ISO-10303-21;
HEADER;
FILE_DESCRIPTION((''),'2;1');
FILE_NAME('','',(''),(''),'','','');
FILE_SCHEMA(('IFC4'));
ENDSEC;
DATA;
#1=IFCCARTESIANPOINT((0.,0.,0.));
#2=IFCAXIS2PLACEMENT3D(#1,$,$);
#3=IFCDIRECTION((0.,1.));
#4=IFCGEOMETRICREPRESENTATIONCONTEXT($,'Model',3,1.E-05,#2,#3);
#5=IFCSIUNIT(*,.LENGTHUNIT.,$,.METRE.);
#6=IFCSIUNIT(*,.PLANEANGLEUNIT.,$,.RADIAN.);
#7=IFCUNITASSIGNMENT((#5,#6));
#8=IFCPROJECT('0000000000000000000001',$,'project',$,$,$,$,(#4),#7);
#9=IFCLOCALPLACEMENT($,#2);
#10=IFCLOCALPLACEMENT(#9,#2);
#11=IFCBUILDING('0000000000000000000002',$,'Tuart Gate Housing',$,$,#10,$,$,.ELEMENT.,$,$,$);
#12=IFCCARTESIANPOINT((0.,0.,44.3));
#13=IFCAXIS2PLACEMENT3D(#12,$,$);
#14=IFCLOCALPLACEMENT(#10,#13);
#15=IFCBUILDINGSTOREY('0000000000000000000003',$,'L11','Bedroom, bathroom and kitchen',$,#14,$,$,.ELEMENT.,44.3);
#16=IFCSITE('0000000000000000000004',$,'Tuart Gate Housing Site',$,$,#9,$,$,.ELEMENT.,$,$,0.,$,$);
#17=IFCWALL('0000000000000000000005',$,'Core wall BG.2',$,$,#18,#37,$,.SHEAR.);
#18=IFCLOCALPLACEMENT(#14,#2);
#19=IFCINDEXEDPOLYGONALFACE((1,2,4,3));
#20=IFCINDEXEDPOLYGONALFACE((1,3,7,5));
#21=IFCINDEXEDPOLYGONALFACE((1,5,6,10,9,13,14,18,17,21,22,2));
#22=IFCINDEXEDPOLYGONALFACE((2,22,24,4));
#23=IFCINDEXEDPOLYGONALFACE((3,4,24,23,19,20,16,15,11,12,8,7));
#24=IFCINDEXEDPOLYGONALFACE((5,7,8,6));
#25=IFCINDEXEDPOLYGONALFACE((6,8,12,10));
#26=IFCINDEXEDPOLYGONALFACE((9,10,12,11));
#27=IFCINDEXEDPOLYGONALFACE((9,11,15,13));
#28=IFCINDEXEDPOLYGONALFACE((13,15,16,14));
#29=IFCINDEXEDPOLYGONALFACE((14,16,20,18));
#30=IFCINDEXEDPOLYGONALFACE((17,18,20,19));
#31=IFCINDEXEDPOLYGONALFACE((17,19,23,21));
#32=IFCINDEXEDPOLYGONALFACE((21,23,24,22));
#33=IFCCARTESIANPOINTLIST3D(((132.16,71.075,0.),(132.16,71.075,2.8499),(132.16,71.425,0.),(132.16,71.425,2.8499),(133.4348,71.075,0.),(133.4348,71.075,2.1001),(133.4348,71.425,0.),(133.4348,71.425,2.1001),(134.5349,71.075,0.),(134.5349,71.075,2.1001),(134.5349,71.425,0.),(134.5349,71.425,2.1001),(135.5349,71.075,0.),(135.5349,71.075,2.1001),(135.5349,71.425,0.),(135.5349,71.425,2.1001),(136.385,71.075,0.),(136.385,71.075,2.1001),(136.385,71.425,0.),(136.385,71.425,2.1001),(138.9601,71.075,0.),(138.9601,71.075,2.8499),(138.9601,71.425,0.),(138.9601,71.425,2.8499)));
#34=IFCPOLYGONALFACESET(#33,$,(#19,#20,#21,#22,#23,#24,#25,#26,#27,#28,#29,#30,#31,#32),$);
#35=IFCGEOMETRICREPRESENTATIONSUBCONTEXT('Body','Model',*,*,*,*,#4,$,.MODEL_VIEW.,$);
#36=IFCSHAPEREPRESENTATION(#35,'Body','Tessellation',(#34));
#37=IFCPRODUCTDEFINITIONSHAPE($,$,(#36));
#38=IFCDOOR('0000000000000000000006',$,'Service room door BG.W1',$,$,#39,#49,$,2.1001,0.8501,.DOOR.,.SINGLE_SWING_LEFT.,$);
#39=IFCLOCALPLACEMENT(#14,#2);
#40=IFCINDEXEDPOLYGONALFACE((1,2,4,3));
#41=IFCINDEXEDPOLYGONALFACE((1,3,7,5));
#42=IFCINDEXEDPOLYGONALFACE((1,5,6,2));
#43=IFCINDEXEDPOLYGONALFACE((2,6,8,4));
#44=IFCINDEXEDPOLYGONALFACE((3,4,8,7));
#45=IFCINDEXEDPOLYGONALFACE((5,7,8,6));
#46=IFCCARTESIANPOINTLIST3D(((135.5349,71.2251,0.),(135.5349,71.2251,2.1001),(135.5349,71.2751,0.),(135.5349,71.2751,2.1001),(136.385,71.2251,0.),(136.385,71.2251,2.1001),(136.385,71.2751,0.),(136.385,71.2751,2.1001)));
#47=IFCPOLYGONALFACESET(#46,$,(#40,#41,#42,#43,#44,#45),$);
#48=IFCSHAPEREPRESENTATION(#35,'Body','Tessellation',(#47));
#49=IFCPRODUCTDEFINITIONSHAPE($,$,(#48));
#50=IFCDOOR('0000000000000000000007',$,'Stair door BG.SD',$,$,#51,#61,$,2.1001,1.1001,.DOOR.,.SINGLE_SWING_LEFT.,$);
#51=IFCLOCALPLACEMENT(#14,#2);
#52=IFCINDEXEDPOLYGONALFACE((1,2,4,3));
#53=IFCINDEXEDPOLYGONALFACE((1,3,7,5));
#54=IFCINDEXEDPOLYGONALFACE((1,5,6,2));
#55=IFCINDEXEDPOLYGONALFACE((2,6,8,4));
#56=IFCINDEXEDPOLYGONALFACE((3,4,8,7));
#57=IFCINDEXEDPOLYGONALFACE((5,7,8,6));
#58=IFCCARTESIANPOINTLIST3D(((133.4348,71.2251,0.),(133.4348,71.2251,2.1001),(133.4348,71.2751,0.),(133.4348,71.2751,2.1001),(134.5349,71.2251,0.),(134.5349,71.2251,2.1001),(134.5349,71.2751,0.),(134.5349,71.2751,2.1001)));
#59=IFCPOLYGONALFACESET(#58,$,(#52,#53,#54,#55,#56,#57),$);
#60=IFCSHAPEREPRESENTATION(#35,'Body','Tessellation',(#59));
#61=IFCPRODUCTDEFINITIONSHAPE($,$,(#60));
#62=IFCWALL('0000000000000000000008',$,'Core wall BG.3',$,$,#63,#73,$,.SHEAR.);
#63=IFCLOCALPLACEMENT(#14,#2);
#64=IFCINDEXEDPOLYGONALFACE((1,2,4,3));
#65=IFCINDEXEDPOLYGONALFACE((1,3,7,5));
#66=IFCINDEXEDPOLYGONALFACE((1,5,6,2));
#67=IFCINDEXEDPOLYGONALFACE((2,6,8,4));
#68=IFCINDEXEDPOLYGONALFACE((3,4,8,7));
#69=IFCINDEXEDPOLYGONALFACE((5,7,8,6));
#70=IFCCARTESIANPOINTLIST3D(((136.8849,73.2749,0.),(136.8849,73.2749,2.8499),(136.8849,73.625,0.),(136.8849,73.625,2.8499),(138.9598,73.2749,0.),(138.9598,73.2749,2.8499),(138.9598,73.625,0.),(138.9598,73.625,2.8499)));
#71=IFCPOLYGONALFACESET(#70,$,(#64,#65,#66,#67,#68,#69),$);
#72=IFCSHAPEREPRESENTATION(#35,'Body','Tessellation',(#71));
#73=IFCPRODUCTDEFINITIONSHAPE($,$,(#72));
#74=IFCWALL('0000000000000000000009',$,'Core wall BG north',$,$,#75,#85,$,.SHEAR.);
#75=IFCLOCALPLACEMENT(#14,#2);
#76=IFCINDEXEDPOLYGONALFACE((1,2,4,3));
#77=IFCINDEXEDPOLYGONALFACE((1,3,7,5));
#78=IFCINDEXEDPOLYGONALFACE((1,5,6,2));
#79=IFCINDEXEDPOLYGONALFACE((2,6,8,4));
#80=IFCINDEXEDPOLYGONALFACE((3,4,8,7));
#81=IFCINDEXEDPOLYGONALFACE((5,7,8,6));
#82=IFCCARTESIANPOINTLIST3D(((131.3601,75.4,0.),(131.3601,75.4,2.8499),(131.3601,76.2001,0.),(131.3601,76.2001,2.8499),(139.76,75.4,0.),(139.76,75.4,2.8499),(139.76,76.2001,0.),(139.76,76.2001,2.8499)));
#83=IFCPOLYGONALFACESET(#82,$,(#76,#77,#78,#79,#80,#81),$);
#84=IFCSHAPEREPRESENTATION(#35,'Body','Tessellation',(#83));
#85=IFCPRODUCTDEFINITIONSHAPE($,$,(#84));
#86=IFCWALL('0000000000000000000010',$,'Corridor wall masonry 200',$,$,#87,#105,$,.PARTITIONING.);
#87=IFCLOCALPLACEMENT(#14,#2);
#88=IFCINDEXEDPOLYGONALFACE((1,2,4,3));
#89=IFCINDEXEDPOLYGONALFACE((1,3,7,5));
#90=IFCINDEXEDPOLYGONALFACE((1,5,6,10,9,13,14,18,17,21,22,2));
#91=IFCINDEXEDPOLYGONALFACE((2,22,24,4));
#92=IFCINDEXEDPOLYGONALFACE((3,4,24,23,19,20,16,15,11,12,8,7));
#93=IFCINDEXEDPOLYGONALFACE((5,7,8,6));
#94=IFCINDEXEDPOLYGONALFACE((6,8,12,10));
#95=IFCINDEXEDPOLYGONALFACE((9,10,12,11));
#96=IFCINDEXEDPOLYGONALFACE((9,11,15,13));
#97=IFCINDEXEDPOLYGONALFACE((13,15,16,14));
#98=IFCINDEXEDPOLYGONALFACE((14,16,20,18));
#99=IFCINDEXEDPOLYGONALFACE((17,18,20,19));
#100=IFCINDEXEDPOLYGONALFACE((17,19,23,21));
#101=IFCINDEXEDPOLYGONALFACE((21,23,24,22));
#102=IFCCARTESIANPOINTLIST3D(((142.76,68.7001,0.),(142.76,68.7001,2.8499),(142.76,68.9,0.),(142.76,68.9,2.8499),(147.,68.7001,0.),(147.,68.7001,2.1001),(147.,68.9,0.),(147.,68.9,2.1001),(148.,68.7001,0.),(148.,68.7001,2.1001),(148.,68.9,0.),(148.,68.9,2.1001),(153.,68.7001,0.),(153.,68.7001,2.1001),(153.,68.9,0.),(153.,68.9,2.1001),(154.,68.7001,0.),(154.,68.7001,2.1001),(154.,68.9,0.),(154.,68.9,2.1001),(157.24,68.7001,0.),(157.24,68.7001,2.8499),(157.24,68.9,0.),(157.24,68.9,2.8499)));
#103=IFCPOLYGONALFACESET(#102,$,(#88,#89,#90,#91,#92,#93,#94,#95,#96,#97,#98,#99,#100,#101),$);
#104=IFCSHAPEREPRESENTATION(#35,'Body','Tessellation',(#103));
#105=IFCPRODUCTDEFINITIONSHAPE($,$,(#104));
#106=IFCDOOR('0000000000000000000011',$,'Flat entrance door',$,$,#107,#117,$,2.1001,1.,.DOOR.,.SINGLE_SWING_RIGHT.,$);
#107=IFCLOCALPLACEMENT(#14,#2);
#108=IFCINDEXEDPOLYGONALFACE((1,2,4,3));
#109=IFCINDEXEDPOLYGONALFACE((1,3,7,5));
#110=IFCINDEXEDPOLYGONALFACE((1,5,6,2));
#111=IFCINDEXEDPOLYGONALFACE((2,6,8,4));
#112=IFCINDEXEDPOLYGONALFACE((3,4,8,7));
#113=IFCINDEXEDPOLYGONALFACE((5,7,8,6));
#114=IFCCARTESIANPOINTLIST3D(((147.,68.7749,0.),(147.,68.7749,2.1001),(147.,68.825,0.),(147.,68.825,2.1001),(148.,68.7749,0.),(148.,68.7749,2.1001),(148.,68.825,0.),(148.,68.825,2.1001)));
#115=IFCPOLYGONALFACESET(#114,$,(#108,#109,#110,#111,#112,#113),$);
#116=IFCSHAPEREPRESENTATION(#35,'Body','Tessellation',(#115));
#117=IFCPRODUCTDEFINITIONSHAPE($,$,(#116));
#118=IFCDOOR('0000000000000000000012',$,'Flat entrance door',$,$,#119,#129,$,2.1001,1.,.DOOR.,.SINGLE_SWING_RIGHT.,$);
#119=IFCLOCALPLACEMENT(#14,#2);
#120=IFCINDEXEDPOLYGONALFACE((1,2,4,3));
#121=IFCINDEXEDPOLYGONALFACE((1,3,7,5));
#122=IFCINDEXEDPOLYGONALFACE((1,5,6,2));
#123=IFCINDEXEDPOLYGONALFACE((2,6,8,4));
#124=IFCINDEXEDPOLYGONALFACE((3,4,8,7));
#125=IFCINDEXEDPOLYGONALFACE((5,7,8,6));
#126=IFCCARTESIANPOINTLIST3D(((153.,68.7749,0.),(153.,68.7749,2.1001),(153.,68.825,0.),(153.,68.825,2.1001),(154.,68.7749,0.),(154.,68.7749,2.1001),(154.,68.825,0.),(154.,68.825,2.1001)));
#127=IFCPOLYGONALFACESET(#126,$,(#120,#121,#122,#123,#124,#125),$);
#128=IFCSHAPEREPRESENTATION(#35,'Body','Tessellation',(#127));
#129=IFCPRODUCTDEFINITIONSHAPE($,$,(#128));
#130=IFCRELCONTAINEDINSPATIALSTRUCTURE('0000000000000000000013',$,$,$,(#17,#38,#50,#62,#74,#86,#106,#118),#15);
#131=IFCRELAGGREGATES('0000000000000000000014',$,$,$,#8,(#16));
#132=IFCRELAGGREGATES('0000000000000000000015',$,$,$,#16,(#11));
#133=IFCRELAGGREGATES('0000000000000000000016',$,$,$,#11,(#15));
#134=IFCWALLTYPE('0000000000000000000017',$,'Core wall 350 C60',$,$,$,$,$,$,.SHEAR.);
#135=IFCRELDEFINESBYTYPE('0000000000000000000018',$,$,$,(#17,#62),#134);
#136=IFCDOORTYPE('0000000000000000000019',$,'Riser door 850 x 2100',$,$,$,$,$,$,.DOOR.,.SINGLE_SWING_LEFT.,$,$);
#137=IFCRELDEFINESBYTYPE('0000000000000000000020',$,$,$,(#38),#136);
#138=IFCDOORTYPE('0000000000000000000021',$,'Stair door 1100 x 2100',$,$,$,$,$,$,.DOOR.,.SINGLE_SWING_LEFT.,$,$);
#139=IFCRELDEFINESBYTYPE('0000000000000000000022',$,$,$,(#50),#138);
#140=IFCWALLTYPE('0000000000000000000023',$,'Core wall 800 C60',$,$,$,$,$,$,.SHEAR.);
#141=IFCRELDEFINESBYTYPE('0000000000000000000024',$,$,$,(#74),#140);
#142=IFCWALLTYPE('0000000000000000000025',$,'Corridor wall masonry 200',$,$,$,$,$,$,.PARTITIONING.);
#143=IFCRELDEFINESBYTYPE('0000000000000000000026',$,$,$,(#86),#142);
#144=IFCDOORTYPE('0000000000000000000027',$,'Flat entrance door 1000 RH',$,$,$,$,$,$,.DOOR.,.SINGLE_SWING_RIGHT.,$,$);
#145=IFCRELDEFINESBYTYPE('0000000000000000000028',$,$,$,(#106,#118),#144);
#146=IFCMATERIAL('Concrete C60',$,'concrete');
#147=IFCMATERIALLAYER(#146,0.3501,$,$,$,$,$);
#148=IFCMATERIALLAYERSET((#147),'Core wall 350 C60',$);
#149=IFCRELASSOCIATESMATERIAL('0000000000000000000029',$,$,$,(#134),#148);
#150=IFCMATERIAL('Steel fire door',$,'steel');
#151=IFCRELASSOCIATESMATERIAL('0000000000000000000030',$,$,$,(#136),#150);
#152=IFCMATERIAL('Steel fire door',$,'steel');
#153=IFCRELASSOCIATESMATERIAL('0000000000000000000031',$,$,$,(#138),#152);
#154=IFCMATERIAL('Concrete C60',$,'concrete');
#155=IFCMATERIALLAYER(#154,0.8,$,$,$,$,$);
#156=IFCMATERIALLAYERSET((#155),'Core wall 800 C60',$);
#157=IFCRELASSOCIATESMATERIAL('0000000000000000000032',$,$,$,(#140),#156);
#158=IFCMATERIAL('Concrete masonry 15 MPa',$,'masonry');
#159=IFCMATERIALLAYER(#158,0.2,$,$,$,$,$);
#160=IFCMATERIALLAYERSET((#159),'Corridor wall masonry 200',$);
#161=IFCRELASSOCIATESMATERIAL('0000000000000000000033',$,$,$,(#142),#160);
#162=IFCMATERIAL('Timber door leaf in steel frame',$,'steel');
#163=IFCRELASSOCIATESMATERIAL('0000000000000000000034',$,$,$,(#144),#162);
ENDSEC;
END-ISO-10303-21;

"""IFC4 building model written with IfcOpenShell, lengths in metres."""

from ifc_helpers import new_model, si_unit, direction, frame, frame_2d, origin, place, context, subcontext, project, spatial, rectangle, extrude, material, layer, layer_set, type_object, element, fill, save


model = new_model("IFC4")

# Units and contexts
model_context = context("Model", 3, precision=1e-05, world=origin(), true_north=direction((0.0, 1.0)))
body_context = subcontext(model_context, "Body", "Model", "MODEL_VIEW")
ifc_project = project(units=[si_unit("LENGTHUNIT", "METRE"), si_unit("PLANEANGLEUNIT", "RADIAN")], contexts=[model_context])

# Site, building, storey
site_placement = place(None, origin())
site = spatial("IfcSite", under=ifc_project, at=site_placement, Name="Tuart Gate Housing Site", CompositionType="ELEMENT", RefElevation=0.0)
building_placement = place(site_placement, origin())
building = spatial("IfcBuilding", under=site, at=building_placement, Name="Tuart Gate Housing", CompositionType="ELEMENT")
storey_placement = place(building_placement, frame((0.0, 0.0, 44.3)))
storey = spatial("IfcBuildingStorey", under=building, at=storey_placement, Name="L11", Description="Bedroom, bathroom and kitchen", CompositionType="ELEMENT", Elevation=44.3)

# Wall, openings, doors
ifc_material_1 = material(Name="Concrete C60", Category="concrete")
ifc_layer_1 = layer(ifc_material_1, 0.3501)
ifc_layer_set_1 = layer_set([ifc_layer_1], Name="Core wall 350 C60")
wall_type_1 = type_object("IfcWallType", Name="Core wall 350 C60", PredefinedType="SHEAR", material=ifc_layer_set_1)
wall_1_placement = place(storey_placement, frame((138.96, 71.25, 0.0), z_axis=(0.0, 0.0, 1.0), x_axis=(-1.0, 0.0, 0.0)))
wall_1 = element("IfcWall", 1, at=wall_1_placement, inside=storey, type_object=wall_type_1, Name="Core wall BG.2", PredefinedType="SHEAR", context=body_context, shape_type="SweptSolid", body=[
    extrude(rectangle(XDim=6.8, YDim=0.3501, at=frame_2d((3.3999, 0.0))), origin(), (0.0, 0.0, 1.0), 2.8499),
])
opening_1_placement = place(wall_1_placement, frame((4.425, 0.0, 0.0)))
opening_1 = element("IfcOpeningElement", 2, at=opening_1_placement, cuts=wall_1, PredefinedType="OPENING", context=body_context, shape_type="SweptSolid", body=[
    extrude(rectangle(XDim=1.1001, YDim=2.1001, at=frame_2d((0.55, 1.05))), frame((0.0, 0.1851, 0.0), z_axis=(0.0, -1.0, 0.0), x_axis=(1.0, 0.0, 0.0)), (0.0, 0.0, 1.0), 0.3701),
])
opening_2_placement = place(wall_1_placement, frame((2.575, 0.0, 0.0)))
opening_2 = element("IfcOpeningElement", 3, at=opening_2_placement, cuts=wall_1, PredefinedType="OPENING", context=body_context, shape_type="SweptSolid", body=[
    extrude(rectangle(XDim=0.8501, YDim=2.1001, at=frame_2d((0.425, 1.05))), frame((0.0, 0.1851, 0.0), z_axis=(0.0, -1.0, 0.0), x_axis=(1.0, 0.0, 0.0)), (0.0, 0.0, 1.0), 0.3701),
])
ifc_material_2 = material(Name="Steel fire door", Category="steel")
door_type_1 = type_object("IfcDoorType", Name="Riser door 850 x 2100", OperationType="SINGLE_SWING_LEFT", PredefinedType="DOOR", material=ifc_material_2)
door_1_placement = place(opening_2_placement, origin())
door_1 = element("IfcDoor", 4, at=door_1_placement, inside=storey, type_object=door_type_1, Name="Service room door BG.W1", OperationType="SINGLE_SWING_LEFT", OverallHeight=2.1001, OverallWidth=0.8501, PredefinedType="DOOR", context=body_context, shape_type="SweptSolid", body=[
    extrude(rectangle(XDim=0.8501, YDim=2.1001, at=frame_2d((0.425, 1.05))), frame((0.0, 0.0249, 0.0), z_axis=(0.0, -1.0, 0.0), x_axis=(1.0, 0.0, 0.0)), (0.0, 0.0, 1.0), 0.05),
])
fill(opening_2, door_1)
ifc_material_3 = material(Name="Steel fire door", Category="steel")
door_type_2 = type_object("IfcDoorType", Name="Stair door 1100 x 2100", OperationType="SINGLE_SWING_LEFT", PredefinedType="DOOR", material=ifc_material_3)
door_2_placement = place(opening_1_placement, origin())
door_2 = element("IfcDoor", 5, at=door_2_placement, inside=storey, type_object=door_type_2, Name="Stair door BG.SD", OperationType="SINGLE_SWING_LEFT", OverallHeight=2.1001, OverallWidth=1.1001, PredefinedType="DOOR", context=body_context, shape_type="SweptSolid", body=[
    extrude(rectangle(XDim=1.1001, YDim=2.1001, at=frame_2d((0.55, 1.05))), frame((0.0, 0.0249, 0.0), z_axis=(0.0, -1.0, 0.0), x_axis=(1.0, 0.0, 0.0)), (0.0, 0.0, 1.0), 0.05),
])
fill(opening_1, door_2)

# Walls
wall_2_placement = place(storey_placement, frame((138.96, 73.45, 0.0), z_axis=(0.0, 0.0, 1.0), x_axis=(-1.0, 0.0, 0.0)))
element("IfcWall", 6, at=wall_2_placement, inside=storey, type_object=wall_type_1, Name="Core wall BG.3", PredefinedType="SHEAR", context=body_context, shape_type="SweptSolid", body=[
    extrude(rectangle(XDim=2.075, YDim=0.3501, at=frame_2d((1.0376, 0.0))), origin(), (0.0, 0.0, 1.0), 2.8499),
])
ifc_material_4 = material(Name="Concrete C60", Category="concrete")
ifc_layer_2 = layer(ifc_material_4, 0.8)
ifc_layer_set_2 = layer_set([ifc_layer_2], Name="Core wall 800 C60")
wall_type_2 = type_object("IfcWallType", Name="Core wall 800 C60", PredefinedType="SHEAR", material=ifc_layer_set_2)
wall_3_placement = place(storey_placement, frame((139.76, 75.8, 0.0), z_axis=(0.0, 0.0, 1.0), x_axis=(-1.0, 0.0, 0.0)))
element("IfcWall", 7, at=wall_3_placement, inside=storey, type_object=wall_type_2, Name="Core wall BG north", PredefinedType="SHEAR", context=body_context, shape_type="SweptSolid", body=[
    extrude(rectangle(XDim=8.3999, YDim=0.8, at=frame_2d((4.2, 0.0))), origin(), (0.0, 0.0, 1.0), 2.8499),
])

# Wall, openings, doors
ifc_material_5 = material(Name="Concrete masonry 15 MPa", Category="masonry")
ifc_layer_3 = layer(ifc_material_5, 0.2)
ifc_layer_set_3 = layer_set([ifc_layer_3], Name="Corridor wall masonry 200")
wall_type_3 = type_object("IfcWallType", Name="Corridor wall masonry 200", PredefinedType="PARTITIONING", material=ifc_layer_set_3)
wall_4_placement = place(storey_placement, frame((142.76, 68.8, 0.0), z_axis=(0.0, 0.0, 1.0), x_axis=(1.0, 0.0, 0.0)))
wall_4 = element("IfcWall", 8, at=wall_4_placement, inside=storey, type_object=wall_type_3, Name="Corridor wall masonry 200", PredefinedType="PARTITIONING", context=body_context, shape_type="SweptSolid", body=[
    extrude(rectangle(XDim=14.48, YDim=0.2, at=frame_2d((7.24, 0.0))), origin(), (0.0, 0.0, 1.0), 2.8499),
])
opening_3_placement = place(wall_4_placement, frame((4.24, 0.0, 0.0)))
opening_3 = element("IfcOpeningElement", 9, at=opening_3_placement, cuts=wall_4, PredefinedType="OPENING", context=body_context, shape_type="SweptSolid", body=[
    extrude(rectangle(XDim=1.0, YDim=2.1001, at=frame_2d((0.5, 1.05))), frame((0.0, 0.1099, 0.0), z_axis=(0.0, -1.0, 0.0), x_axis=(1.0, 0.0, 0.0)), (0.0, 0.0, 1.0), 0.22),
])
opening_4_placement = place(wall_4_placement, frame((10.24, 0.0, 0.0)))
opening_4 = element("IfcOpeningElement", 10, at=opening_4_placement, cuts=wall_4, PredefinedType="OPENING", context=body_context, shape_type="SweptSolid", body=[
    extrude(rectangle(XDim=1.0, YDim=2.1001, at=frame_2d((0.5, 1.05))), frame((0.0, 0.1099, 0.0), z_axis=(0.0, -1.0, 0.0), x_axis=(1.0, 0.0, 0.0)), (0.0, 0.0, 1.0), 0.22),
])
ifc_material_6 = material(Name="Timber door leaf in steel frame", Category="steel")
door_type_3 = type_object("IfcDoorType", Name="Flat entrance door 1000 RH", OperationType="SINGLE_SWING_RIGHT", PredefinedType="DOOR", material=ifc_material_6)
door_3_placement = place(opening_3_placement, frame((1.0, 0.0, 0.0), z_axis=(0.0, 0.0, 1.0), x_axis=(-1.0, 0.0, 0.0)))
door_3 = element("IfcDoor", 11, at=door_3_placement, inside=storey, type_object=door_type_3, Name="Flat entrance door", OperationType="SINGLE_SWING_RIGHT", OverallHeight=2.1001, OverallWidth=1.0, PredefinedType="DOOR", context=body_context, shape_type="SweptSolid", body=[
    extrude(rectangle(XDim=1.0, YDim=2.1001, at=frame_2d((0.5, 1.05))), frame((0.0, 0.0251, 0.0), z_axis=(0.0, -1.0, 0.0), x_axis=(1.0, 0.0, 0.0)), (0.0, 0.0, 1.0), 0.05),
])
fill(opening_3, door_3)
door_4_placement = place(opening_4_placement, frame((1.0, 0.0, 0.0), z_axis=(0.0, 0.0, 1.0), x_axis=(-1.0, 0.0, 0.0)))
door_4 = element("IfcDoor", 12, at=door_4_placement, inside=storey, type_object=door_type_3, Name="Flat entrance door", OperationType="SINGLE_SWING_RIGHT", OverallHeight=2.1001, OverallWidth=1.0, PredefinedType="DOOR", context=body_context, shape_type="SweptSolid", body=[
    extrude(rectangle(XDim=1.0, YDim=2.1001, at=frame_2d((0.5, 1.05))), frame((0.0, 0.0251, 0.0), z_axis=(0.0, -1.0, 0.0), x_axis=(1.0, 0.0, 0.0)), (0.0, 0.0, 1.0), 0.05),
])
fill(opening_4, door_4)

save(model, "model.ifc")
